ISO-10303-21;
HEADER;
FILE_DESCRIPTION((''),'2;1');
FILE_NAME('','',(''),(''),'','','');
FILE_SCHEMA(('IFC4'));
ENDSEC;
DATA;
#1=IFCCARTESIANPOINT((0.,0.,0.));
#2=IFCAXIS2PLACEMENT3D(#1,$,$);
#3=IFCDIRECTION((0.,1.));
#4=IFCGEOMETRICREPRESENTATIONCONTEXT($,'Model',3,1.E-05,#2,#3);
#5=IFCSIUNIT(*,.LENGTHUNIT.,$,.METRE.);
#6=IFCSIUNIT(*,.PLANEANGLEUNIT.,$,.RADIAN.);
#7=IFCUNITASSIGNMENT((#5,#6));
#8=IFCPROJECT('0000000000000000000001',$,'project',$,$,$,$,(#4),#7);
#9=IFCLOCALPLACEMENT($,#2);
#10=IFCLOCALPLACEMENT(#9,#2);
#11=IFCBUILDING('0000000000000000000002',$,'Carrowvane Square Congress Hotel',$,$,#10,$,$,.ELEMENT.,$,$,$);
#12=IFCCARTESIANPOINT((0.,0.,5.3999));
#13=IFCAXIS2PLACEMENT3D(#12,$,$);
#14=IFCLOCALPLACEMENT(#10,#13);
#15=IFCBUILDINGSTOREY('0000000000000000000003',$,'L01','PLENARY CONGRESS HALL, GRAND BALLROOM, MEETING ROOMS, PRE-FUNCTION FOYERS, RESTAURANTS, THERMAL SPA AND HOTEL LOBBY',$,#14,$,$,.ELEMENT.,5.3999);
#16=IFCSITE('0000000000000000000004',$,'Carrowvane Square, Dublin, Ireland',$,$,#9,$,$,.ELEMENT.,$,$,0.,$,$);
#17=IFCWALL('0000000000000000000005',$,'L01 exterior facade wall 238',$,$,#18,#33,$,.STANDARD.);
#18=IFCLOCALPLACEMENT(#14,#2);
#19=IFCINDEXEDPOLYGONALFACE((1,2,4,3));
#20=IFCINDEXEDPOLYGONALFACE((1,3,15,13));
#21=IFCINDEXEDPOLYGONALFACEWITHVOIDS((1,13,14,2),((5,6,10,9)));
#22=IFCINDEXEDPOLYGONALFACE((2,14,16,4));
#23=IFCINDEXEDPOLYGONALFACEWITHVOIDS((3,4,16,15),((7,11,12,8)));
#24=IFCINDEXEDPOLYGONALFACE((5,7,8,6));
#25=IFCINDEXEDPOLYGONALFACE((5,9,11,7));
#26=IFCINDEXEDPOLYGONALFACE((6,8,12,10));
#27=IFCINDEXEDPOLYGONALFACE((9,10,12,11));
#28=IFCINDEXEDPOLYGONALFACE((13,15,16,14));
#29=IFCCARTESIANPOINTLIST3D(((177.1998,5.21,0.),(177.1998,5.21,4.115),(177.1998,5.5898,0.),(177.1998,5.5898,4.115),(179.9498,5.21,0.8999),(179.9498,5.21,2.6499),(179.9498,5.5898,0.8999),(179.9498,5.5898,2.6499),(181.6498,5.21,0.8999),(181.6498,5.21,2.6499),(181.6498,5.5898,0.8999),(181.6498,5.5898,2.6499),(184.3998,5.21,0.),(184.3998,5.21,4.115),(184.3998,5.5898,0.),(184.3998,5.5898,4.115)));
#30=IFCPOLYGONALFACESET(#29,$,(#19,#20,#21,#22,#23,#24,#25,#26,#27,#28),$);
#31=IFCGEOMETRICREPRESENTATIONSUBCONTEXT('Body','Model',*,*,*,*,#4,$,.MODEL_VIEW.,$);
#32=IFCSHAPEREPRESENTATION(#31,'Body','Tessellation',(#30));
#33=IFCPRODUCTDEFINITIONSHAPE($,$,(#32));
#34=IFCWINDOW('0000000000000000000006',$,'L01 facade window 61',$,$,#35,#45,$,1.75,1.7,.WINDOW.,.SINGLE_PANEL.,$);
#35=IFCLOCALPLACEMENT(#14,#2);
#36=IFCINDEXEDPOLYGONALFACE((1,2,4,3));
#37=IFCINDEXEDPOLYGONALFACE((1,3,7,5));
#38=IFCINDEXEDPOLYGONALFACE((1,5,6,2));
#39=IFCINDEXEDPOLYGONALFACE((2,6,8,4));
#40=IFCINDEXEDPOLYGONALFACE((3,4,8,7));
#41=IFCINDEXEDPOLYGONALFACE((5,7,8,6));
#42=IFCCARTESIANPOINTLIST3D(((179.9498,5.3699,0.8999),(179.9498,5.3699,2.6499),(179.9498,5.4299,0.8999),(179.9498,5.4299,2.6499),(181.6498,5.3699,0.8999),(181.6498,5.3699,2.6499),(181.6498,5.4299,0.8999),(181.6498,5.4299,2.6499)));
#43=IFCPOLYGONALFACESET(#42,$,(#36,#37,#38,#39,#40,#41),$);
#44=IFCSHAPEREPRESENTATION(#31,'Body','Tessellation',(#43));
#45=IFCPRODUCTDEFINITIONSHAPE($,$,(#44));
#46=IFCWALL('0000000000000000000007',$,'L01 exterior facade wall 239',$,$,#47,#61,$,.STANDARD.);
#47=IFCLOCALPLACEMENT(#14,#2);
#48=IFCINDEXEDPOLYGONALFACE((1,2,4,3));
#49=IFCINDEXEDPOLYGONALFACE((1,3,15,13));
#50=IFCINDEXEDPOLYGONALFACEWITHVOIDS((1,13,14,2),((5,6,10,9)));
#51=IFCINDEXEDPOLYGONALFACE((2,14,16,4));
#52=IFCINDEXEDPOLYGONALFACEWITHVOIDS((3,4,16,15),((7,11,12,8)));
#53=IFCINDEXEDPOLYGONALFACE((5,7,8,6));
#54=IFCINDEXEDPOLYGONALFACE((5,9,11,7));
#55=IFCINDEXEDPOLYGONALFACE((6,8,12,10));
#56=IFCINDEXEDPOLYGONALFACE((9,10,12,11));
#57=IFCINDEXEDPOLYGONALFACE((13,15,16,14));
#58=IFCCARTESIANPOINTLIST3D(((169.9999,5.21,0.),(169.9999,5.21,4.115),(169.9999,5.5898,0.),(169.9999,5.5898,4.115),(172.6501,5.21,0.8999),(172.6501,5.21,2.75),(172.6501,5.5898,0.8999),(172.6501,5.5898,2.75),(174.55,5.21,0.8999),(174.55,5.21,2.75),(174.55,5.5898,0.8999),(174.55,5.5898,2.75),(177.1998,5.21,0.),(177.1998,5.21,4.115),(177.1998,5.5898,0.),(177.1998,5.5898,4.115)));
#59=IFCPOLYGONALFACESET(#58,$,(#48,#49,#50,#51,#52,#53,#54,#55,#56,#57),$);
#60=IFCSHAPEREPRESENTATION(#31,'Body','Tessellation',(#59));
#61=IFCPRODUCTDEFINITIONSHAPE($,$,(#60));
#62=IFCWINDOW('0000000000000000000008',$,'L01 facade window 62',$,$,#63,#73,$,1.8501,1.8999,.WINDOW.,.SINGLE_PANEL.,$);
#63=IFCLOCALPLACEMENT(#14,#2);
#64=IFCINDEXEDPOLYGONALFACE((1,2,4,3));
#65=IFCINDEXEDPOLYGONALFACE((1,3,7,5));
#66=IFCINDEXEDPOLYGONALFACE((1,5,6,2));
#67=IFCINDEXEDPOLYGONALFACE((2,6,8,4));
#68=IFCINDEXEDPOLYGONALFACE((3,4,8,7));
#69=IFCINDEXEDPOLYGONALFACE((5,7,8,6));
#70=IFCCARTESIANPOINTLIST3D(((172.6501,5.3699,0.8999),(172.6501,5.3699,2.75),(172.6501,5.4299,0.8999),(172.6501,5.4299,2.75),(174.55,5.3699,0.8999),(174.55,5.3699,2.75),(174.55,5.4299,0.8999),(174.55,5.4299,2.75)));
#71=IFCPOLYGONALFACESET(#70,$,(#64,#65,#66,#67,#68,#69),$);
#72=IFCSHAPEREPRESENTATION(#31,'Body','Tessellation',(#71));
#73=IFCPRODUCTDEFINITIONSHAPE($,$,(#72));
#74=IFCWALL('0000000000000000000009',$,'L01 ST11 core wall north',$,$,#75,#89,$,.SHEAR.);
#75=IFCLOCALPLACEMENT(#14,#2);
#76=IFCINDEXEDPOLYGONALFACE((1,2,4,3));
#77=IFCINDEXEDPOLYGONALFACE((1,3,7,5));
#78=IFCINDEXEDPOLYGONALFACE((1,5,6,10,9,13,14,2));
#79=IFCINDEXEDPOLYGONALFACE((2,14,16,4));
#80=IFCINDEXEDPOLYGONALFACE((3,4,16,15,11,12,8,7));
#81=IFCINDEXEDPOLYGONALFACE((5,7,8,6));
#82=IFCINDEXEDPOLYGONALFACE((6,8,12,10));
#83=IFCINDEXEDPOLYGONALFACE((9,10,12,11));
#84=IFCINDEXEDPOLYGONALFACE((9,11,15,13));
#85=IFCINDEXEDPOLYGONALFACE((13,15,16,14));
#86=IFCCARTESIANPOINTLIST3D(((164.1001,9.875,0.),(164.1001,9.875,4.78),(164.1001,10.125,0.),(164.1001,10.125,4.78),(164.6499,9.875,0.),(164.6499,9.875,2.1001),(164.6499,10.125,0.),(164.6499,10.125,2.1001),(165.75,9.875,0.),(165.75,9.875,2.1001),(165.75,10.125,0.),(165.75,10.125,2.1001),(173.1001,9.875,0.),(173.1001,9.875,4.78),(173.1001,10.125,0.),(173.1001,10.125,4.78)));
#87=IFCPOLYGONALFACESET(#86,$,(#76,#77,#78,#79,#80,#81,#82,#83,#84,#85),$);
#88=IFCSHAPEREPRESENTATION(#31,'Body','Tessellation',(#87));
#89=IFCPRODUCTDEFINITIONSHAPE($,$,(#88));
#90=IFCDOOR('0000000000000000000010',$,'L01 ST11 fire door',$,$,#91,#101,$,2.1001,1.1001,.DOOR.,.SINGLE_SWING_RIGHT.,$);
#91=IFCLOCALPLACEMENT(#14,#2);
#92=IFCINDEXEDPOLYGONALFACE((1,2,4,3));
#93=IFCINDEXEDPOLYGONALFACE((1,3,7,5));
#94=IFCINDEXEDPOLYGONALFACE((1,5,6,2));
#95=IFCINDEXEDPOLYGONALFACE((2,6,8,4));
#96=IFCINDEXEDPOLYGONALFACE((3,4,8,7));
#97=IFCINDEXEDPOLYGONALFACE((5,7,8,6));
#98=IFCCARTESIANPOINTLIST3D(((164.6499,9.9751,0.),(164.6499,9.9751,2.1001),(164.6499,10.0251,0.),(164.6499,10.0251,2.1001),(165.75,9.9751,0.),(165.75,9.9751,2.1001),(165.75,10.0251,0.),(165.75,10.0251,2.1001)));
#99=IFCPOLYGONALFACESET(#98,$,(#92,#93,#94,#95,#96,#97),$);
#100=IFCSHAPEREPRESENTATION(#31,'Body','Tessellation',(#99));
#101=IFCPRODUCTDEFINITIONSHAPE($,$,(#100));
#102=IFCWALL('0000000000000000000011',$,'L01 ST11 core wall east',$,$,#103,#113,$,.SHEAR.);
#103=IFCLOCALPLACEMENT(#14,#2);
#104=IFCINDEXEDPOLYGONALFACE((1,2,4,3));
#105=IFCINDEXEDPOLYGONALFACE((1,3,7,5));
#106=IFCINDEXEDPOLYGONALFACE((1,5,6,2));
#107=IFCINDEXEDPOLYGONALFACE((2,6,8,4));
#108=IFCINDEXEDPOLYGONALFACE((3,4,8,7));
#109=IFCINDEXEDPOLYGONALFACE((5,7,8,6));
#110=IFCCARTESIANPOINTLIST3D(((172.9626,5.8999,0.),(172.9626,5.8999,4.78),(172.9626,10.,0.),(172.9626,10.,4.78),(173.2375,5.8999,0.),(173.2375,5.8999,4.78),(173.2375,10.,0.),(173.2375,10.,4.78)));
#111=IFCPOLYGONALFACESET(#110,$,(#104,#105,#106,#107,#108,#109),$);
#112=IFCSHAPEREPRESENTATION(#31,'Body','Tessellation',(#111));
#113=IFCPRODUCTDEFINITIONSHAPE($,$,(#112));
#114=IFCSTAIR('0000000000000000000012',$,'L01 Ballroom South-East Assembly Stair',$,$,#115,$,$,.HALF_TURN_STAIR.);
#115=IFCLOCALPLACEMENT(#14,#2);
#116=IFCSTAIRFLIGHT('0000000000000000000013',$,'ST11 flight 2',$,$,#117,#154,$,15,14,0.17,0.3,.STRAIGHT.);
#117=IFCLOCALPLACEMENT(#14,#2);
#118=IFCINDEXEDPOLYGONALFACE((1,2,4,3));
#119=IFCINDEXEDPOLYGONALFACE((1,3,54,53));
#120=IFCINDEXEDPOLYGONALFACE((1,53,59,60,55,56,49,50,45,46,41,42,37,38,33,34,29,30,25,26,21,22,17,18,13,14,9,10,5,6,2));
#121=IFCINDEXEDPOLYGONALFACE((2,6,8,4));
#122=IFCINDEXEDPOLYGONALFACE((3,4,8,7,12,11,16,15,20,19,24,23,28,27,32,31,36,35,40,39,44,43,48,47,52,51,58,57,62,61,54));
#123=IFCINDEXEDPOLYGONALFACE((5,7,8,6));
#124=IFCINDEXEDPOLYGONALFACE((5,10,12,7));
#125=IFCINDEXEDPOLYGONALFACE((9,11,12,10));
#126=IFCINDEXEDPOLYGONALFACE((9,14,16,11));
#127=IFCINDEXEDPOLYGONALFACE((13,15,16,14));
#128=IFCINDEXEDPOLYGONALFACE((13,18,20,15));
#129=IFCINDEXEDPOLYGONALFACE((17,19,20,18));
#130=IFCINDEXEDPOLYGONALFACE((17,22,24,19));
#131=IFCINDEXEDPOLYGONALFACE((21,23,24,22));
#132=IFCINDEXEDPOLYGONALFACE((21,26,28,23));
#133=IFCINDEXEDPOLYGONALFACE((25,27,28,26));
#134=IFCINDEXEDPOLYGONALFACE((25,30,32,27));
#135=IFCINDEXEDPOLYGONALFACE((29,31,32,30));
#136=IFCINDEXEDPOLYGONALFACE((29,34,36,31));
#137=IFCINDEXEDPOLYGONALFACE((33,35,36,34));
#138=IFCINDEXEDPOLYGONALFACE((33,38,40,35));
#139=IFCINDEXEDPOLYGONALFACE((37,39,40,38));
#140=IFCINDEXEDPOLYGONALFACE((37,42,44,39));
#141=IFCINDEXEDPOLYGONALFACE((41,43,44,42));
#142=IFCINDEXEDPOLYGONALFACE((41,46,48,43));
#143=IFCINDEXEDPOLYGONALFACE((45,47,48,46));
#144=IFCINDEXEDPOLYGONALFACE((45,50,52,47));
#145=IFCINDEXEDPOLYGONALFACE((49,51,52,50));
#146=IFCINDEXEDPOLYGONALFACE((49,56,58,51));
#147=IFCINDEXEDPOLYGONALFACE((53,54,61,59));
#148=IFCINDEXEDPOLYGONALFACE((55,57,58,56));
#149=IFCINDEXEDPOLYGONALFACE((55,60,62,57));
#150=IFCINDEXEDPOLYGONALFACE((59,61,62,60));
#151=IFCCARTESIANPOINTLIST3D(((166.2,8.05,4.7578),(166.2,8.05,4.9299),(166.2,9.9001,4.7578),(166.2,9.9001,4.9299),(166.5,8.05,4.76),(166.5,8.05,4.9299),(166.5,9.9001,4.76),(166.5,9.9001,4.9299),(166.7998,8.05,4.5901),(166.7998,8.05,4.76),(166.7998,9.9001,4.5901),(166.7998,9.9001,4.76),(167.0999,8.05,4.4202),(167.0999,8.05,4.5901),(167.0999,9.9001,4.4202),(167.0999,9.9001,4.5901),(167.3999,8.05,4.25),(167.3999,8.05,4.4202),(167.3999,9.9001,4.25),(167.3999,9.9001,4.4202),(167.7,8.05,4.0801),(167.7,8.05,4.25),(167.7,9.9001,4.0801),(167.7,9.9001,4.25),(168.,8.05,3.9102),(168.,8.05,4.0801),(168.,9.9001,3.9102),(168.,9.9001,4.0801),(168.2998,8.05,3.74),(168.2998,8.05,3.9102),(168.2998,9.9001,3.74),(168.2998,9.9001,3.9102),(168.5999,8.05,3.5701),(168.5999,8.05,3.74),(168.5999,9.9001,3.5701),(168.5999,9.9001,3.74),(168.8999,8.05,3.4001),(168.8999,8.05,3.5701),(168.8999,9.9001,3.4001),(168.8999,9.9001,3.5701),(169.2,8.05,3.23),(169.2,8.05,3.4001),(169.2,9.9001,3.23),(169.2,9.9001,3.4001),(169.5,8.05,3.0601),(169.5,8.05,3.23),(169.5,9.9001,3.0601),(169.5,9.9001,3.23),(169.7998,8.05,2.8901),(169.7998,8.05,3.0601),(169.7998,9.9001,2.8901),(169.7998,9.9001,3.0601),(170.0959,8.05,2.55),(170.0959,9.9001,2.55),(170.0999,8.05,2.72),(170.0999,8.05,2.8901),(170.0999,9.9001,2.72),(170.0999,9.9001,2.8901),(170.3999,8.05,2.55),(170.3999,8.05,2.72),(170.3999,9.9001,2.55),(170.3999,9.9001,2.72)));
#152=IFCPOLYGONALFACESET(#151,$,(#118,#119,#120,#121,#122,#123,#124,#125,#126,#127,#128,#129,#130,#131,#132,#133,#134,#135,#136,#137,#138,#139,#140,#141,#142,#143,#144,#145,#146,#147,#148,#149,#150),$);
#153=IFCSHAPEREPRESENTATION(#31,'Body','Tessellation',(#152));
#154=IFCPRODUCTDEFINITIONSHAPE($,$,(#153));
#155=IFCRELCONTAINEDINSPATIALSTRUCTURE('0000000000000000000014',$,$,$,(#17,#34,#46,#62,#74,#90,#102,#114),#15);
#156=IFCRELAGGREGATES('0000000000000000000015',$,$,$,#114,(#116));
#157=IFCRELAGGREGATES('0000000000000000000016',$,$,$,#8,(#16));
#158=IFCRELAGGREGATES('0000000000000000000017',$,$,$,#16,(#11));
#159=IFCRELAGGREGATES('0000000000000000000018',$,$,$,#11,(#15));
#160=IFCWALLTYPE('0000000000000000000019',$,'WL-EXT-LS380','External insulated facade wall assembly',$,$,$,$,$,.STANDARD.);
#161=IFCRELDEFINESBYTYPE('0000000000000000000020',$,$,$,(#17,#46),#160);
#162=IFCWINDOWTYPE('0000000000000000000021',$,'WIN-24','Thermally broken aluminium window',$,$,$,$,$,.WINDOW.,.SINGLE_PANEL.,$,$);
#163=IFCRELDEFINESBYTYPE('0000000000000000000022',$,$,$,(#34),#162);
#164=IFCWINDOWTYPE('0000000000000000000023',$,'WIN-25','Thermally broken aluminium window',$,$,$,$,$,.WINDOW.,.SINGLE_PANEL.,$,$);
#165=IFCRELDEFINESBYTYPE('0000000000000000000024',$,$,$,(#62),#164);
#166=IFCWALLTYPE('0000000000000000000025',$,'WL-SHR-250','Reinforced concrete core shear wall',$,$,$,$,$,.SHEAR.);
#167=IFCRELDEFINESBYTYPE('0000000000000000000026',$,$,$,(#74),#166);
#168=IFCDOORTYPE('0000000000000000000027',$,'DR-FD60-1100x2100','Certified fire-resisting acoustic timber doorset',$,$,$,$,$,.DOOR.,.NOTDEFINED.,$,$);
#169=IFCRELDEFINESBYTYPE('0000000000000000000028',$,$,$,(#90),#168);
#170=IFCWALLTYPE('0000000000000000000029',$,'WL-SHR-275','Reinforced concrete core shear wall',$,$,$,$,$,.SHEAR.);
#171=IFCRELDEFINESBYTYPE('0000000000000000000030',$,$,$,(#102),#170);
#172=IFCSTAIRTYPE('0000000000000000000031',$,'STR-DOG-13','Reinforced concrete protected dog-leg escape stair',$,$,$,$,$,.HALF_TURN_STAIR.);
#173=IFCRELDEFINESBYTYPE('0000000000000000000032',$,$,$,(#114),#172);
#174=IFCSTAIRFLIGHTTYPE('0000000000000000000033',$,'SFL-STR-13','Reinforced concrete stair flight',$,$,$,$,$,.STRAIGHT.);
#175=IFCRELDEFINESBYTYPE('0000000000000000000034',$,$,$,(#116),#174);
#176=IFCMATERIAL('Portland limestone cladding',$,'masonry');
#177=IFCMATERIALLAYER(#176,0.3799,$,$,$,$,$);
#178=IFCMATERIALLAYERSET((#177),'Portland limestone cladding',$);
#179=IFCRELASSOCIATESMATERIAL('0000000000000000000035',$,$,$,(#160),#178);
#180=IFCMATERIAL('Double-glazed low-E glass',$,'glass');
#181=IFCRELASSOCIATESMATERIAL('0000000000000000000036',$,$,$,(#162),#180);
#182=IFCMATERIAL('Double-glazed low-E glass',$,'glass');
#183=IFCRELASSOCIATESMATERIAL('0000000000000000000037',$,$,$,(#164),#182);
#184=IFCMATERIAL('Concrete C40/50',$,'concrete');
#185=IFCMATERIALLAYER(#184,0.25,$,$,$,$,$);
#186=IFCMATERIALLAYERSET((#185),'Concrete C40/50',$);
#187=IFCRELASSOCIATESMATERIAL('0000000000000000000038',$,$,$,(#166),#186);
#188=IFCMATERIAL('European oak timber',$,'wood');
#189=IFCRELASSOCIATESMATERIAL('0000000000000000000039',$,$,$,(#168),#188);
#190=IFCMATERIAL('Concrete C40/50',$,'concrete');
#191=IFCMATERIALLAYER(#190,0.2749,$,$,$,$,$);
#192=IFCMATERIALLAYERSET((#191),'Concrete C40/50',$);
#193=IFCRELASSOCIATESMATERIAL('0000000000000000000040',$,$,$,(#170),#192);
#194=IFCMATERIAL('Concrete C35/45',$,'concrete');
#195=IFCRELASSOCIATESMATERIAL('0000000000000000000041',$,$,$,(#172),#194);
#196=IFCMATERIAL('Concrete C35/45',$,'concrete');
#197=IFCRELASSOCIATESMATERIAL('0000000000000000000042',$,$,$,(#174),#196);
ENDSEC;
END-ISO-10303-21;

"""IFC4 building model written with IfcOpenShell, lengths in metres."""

from ifc_helpers import new_model, si_unit, direction, frame, frame_2d, origin, place, context, subcontext, project, spatial, polyline, rectangle, outline, extrude, material, layer, layer_set, type_object, element, fill, aggregate, save


model = new_model("IFC4")

# Units and contexts
model_context = context("Model", 3, precision=1e-05, world=origin(), true_north=direction((0.0, 1.0)))
body_context = subcontext(model_context, "Body", "Model", "MODEL_VIEW")
ifc_project = project(units=[si_unit("LENGTHUNIT", "METRE"), si_unit("PLANEANGLEUNIT", "RADIAN")], contexts=[model_context])

# Site, building, storey
site_placement = place(None, origin())
site = spatial("IfcSite", under=ifc_project, at=site_placement, Name="Carrowvane Square, Dublin, Ireland", CompositionType="ELEMENT", RefElevation=0.0)
building_placement = place(site_placement, origin())
building = spatial("IfcBuilding", under=site, at=building_placement, Name="Carrowvane Square Congress Hotel", CompositionType="ELEMENT")
storey_placement = place(building_placement, frame((0.0, 0.0, 5.3999)))
storey = spatial("IfcBuildingStorey", under=building, at=storey_placement, Name="L01", Description="PLENARY CONGRESS HALL, GRAND BALLROOM, MEETING ROOMS, PRE-FUNCTION FOYERS, RESTAURANTS, THERMAL SPA AND HOTEL LOBBY", CompositionType="ELEMENT", Elevation=5.3999)

# Walls, openings, windows
ifc_material_1 = material(Name="Portland limestone cladding", Category="masonry")
ifc_layer_1 = layer(ifc_material_1, 0.3799)
ifc_layer_set_1 = layer_set([ifc_layer_1], Name="Portland limestone cladding")
wall_type_1 = type_object("IfcWallType", Name="WL-EXT-LS380", Description="External insulated facade wall assembly", PredefinedType="STANDARD", material=ifc_layer_set_1)
wall_1_placement = place(storey_placement, frame((184.3999, 5.3999, 0.0), z_axis=(0.0, 0.0, 1.0), x_axis=(-1.0, 0.0, 0.0)))
wall_1 = element("IfcWall", 1, at=wall_1_placement, inside=storey, type_object=wall_type_1, Name="L01 exterior facade wall 238", PredefinedType="STANDARD", context=body_context, shape_type="SweptSolid", body=[
    extrude(rectangle(XDim=7.2, YDim=0.3799, at=frame_2d((3.6001, 0.0))), origin(), (0.0, 0.0, 1.0), 4.115),
])
opening_1_placement = place(wall_1_placement, frame((2.75, 0.0, 0.8999)))
opening_1 = element("IfcOpeningElement", 2, at=opening_1_placement, cuts=wall_1, PredefinedType="OPENING", context=body_context, shape_type="SweptSolid", body=[
    extrude(rectangle(XDim=1.7, YDim=1.75, at=frame_2d((0.8501, 0.875))), frame((0.0, 0.2, 0.0), z_axis=(0.0, -1.0, 0.0), x_axis=(1.0, 0.0, 0.0)), (0.0, 0.0, 1.0), 0.3999),
])
ifc_material_2 = material(Name="Double-glazed low-E glass", Category="glass")
window_type_1 = type_object("IfcWindowType", Name="WIN-24", Description="Thermally broken aluminium window", PartitioningType="SINGLE_PANEL", PredefinedType="WINDOW", material=ifc_material_2)
window_1_placement = place(opening_1_placement, origin())
window_1 = element("IfcWindow", 3, at=window_1_placement, inside=storey, type_object=window_type_1, Name="L01 facade window 61", OverallHeight=1.75, OverallWidth=1.7, PartitioningType="SINGLE_PANEL", PredefinedType="WINDOW", context=body_context, shape_type="SweptSolid", body=[
    extrude(rectangle(XDim=1.7, YDim=1.75, at=frame_2d((0.8501, 0.875))), frame((0.0, 0.03, 0.0), z_axis=(0.0, -1.0, 0.0), x_axis=(1.0, 0.0, 0.0)), (0.0, 0.0, 1.0), 0.0601),
])
fill(opening_1, window_1)
wall_2_placement = place(storey_placement, frame((177.2, 5.3999, 0.0), z_axis=(0.0, 0.0, 1.0), x_axis=(-1.0, 0.0, 0.0)))
wall_2 = element("IfcWall", 4, at=wall_2_placement, inside=storey, type_object=wall_type_1, Name="L01 exterior facade wall 239", PredefinedType="STANDARD", context=body_context, shape_type="SweptSolid", body=[
    extrude(rectangle(XDim=7.2, YDim=0.3799, at=frame_2d((3.6001, 0.0))), origin(), (0.0, 0.0, 1.0), 4.115),
])
opening_2_placement = place(wall_2_placement, frame((2.6499, 0.0, 0.8999)))
opening_2 = element("IfcOpeningElement", 5, at=opening_2_placement, cuts=wall_2, PredefinedType="OPENING", context=body_context, shape_type="SweptSolid", body=[
    extrude(rectangle(XDim=1.8999, YDim=1.8501, at=frame_2d((0.95, 0.925))), frame((0.0, 0.2, 0.0), z_axis=(0.0, -1.0, 0.0), x_axis=(1.0, 0.0, 0.0)), (0.0, 0.0, 1.0), 0.3999),
])
ifc_material_3 = material(Name="Double-glazed low-E glass", Category="glass")
window_type_2 = type_object("IfcWindowType", Name="WIN-25", Description="Thermally broken aluminium window", PartitioningType="SINGLE_PANEL", PredefinedType="WINDOW", material=ifc_material_3)
window_2_placement = place(opening_2_placement, origin())
window_2 = element("IfcWindow", 6, at=window_2_placement, inside=storey, type_object=window_type_2, Name="L01 facade window 62", OverallHeight=1.8501, OverallWidth=1.8999, PartitioningType="SINGLE_PANEL", PredefinedType="WINDOW", context=body_context, shape_type="SweptSolid", body=[
    extrude(rectangle(XDim=1.8999, YDim=1.8501, at=frame_2d((0.95, 0.925))), frame((0.0, 0.03, 0.0), z_axis=(0.0, -1.0, 0.0), x_axis=(1.0, 0.0, 0.0)), (0.0, 0.0, 1.0), 0.0601),
])
fill(opening_2, window_2)

# Wall, opening, door
ifc_material_4 = material(Name="Concrete C40/50", Category="concrete")
ifc_layer_2 = layer(ifc_material_4, 0.25)
ifc_layer_set_2 = layer_set([ifc_layer_2], Name="Concrete C40/50")
wall_type_2 = type_object("IfcWallType", Name="WL-SHR-250", Description="Reinforced concrete core shear wall", PredefinedType="SHEAR", material=ifc_layer_set_2)
wall_3_placement = place(storey_placement, frame((173.1001, 10.0, 0.0), z_axis=(0.0, 0.0, 1.0), x_axis=(-1.0, 0.0, 0.0)))
wall_3 = element("IfcWall", 7, at=wall_3_placement, inside=storey, type_object=wall_type_2, Name="L01 ST11 core wall north", PredefinedType="SHEAR", context=body_context, shape_type="SweptSolid", body=[
    extrude(rectangle(XDim=9.0, YDim=0.25, at=frame_2d((4.5, 0.0))), origin(), (0.0, 0.0, 1.0), 4.78),
])
opening_3_placement = place(wall_3_placement, frame((7.3501, 0.0, 0.0)))
opening_3 = element("IfcOpeningElement", 8, at=opening_3_placement, cuts=wall_3, PredefinedType="OPENING", context=body_context, shape_type="SweptSolid", body=[
    extrude(rectangle(XDim=1.1001, YDim=2.1001, at=frame_2d((0.55, 1.05))), frame((0.0, 0.135, 0.0), z_axis=(0.0, -1.0, 0.0), x_axis=(1.0, 0.0, 0.0)), (0.0, 0.0, 1.0), 0.27),
])
ifc_material_5 = material(Name="European oak timber", Category="wood")
door_type = type_object("IfcDoorType", Name="DR-FD60-1100x2100", Description="Certified fire-resisting acoustic timber doorset", OperationType="NOTDEFINED", PredefinedType="DOOR", material=ifc_material_5)
door_placement = place(opening_3_placement, origin())
door = element("IfcDoor", 9, at=door_placement, inside=storey, type_object=door_type, Name="L01 ST11 fire door", OperationType="SINGLE_SWING_RIGHT", OverallHeight=2.1001, OverallWidth=1.1001, PredefinedType="DOOR", context=body_context, shape_type="SweptSolid", body=[
    extrude(rectangle(XDim=1.1001, YDim=2.1001, at=frame_2d((0.55, 1.05))), frame((0.0, 0.0249, 0.0), z_axis=(0.0, -1.0, 0.0), x_axis=(1.0, 0.0, 0.0)), (0.0, 0.0, 1.0), 0.05),
])
fill(opening_3, door)

# Wall
ifc_material_6 = material(Name="Concrete C40/50", Category="concrete")
ifc_layer_3 = layer(ifc_material_6, 0.2749)
ifc_layer_set_3 = layer_set([ifc_layer_3], Name="Concrete C40/50")
wall_type_3 = type_object("IfcWallType", Name="WL-SHR-275", Description="Reinforced concrete core shear wall", PredefinedType="SHEAR", material=ifc_layer_set_3)
wall_4_placement = place(storey_placement, frame((173.1001, 5.8999, 0.0), z_axis=(0.0, 0.0, 1.0), x_axis=(0.0, 1.0, 0.0)))
element("IfcWall", 10, at=wall_4_placement, inside=storey, type_object=wall_type_3, Name="L01 ST11 core wall east", PredefinedType="SHEAR", context=body_context, shape_type="SweptSolid", body=[
    extrude(rectangle(XDim=4.1001, YDim=0.2749, at=frame_2d((2.05, 0.0))), origin(), (0.0, 0.0, 1.0), 4.78),
])

# Stair, stair flight
ifc_material_7 = material(Name="Concrete C35/45", Category="concrete")
stair_type = type_object("IfcStairType", Name="STR-DOG-13", Description="Reinforced concrete protected dog-leg escape stair", PredefinedType="HALF_TURN_STAIR", material=ifc_material_7)
stair_placement = place(storey_placement, origin())
stair = element("IfcStair", 11, at=stair_placement, inside=storey, type_object=stair_type, Name="L01 Ballroom South-East Assembly Stair", PredefinedType="HALF_TURN_STAIR")
ifc_material_8 = material(Name="Concrete C35/45", Category="concrete")
stair_flight_type = type_object("IfcStairFlightType", Name="SFL-STR-13", Description="Reinforced concrete stair flight", PredefinedType="STRAIGHT", material=ifc_material_8)
stair_flight_placement = place(storey_placement, frame((170.3999, 8.9751, 2.55), z_axis=(0.0, 0.0, 1.0), x_axis=(-1.0, 0.0, 0.0)))
stair_flight = element("IfcStairFlight", 12, at=stair_flight_placement, type_object=stair_flight_type, Name="ST11 flight 2", NumberOfRisers=15, NumberOfTreads=14, PredefinedType="STRAIGHT", RiserHeight=0.17, TreadLength=0.3, context=body_context, shape_type="SweptSolid", body=[
    extrude(outline(polyline([(0.0, 0.0), (0.0, 0.1699), (0.3, 0.1699), (0.3, 0.3401), (0.6001, 0.3401), (0.6001, 0.51), (0.8999, 0.51), (0.8999, 0.6799), (1.2, 0.6799), (1.2, 0.8501), (1.5, 0.8501), (1.5, 1.02), (1.8, 1.02), (1.8, 1.1899), (2.1001, 1.1899), (2.1001, 1.3601), (2.3999, 1.3601), (2.3999, 1.53), (2.7, 1.53), (2.7, 1.7), (3.0, 1.7), (3.0, 1.8701), (3.3, 1.8701), (3.3, 2.04), (3.6001, 2.04), (3.6001, 2.21), (3.8999, 2.21), (3.8999, 2.3799), (4.2, 2.3799), (4.2, 2.55), (4.2, 2.2078), (0.304, 0.0), (0.0, 0.0)])), frame((0.0, 0.925, 0.0), z_axis=(0.0, -1.0, 0.0), x_axis=(1.0, 0.0, 0.0)), (0.0, 0.0, 1.0), 1.8501),
])
aggregate(stair, [stair_flight])

save(model, "model.ifc")
